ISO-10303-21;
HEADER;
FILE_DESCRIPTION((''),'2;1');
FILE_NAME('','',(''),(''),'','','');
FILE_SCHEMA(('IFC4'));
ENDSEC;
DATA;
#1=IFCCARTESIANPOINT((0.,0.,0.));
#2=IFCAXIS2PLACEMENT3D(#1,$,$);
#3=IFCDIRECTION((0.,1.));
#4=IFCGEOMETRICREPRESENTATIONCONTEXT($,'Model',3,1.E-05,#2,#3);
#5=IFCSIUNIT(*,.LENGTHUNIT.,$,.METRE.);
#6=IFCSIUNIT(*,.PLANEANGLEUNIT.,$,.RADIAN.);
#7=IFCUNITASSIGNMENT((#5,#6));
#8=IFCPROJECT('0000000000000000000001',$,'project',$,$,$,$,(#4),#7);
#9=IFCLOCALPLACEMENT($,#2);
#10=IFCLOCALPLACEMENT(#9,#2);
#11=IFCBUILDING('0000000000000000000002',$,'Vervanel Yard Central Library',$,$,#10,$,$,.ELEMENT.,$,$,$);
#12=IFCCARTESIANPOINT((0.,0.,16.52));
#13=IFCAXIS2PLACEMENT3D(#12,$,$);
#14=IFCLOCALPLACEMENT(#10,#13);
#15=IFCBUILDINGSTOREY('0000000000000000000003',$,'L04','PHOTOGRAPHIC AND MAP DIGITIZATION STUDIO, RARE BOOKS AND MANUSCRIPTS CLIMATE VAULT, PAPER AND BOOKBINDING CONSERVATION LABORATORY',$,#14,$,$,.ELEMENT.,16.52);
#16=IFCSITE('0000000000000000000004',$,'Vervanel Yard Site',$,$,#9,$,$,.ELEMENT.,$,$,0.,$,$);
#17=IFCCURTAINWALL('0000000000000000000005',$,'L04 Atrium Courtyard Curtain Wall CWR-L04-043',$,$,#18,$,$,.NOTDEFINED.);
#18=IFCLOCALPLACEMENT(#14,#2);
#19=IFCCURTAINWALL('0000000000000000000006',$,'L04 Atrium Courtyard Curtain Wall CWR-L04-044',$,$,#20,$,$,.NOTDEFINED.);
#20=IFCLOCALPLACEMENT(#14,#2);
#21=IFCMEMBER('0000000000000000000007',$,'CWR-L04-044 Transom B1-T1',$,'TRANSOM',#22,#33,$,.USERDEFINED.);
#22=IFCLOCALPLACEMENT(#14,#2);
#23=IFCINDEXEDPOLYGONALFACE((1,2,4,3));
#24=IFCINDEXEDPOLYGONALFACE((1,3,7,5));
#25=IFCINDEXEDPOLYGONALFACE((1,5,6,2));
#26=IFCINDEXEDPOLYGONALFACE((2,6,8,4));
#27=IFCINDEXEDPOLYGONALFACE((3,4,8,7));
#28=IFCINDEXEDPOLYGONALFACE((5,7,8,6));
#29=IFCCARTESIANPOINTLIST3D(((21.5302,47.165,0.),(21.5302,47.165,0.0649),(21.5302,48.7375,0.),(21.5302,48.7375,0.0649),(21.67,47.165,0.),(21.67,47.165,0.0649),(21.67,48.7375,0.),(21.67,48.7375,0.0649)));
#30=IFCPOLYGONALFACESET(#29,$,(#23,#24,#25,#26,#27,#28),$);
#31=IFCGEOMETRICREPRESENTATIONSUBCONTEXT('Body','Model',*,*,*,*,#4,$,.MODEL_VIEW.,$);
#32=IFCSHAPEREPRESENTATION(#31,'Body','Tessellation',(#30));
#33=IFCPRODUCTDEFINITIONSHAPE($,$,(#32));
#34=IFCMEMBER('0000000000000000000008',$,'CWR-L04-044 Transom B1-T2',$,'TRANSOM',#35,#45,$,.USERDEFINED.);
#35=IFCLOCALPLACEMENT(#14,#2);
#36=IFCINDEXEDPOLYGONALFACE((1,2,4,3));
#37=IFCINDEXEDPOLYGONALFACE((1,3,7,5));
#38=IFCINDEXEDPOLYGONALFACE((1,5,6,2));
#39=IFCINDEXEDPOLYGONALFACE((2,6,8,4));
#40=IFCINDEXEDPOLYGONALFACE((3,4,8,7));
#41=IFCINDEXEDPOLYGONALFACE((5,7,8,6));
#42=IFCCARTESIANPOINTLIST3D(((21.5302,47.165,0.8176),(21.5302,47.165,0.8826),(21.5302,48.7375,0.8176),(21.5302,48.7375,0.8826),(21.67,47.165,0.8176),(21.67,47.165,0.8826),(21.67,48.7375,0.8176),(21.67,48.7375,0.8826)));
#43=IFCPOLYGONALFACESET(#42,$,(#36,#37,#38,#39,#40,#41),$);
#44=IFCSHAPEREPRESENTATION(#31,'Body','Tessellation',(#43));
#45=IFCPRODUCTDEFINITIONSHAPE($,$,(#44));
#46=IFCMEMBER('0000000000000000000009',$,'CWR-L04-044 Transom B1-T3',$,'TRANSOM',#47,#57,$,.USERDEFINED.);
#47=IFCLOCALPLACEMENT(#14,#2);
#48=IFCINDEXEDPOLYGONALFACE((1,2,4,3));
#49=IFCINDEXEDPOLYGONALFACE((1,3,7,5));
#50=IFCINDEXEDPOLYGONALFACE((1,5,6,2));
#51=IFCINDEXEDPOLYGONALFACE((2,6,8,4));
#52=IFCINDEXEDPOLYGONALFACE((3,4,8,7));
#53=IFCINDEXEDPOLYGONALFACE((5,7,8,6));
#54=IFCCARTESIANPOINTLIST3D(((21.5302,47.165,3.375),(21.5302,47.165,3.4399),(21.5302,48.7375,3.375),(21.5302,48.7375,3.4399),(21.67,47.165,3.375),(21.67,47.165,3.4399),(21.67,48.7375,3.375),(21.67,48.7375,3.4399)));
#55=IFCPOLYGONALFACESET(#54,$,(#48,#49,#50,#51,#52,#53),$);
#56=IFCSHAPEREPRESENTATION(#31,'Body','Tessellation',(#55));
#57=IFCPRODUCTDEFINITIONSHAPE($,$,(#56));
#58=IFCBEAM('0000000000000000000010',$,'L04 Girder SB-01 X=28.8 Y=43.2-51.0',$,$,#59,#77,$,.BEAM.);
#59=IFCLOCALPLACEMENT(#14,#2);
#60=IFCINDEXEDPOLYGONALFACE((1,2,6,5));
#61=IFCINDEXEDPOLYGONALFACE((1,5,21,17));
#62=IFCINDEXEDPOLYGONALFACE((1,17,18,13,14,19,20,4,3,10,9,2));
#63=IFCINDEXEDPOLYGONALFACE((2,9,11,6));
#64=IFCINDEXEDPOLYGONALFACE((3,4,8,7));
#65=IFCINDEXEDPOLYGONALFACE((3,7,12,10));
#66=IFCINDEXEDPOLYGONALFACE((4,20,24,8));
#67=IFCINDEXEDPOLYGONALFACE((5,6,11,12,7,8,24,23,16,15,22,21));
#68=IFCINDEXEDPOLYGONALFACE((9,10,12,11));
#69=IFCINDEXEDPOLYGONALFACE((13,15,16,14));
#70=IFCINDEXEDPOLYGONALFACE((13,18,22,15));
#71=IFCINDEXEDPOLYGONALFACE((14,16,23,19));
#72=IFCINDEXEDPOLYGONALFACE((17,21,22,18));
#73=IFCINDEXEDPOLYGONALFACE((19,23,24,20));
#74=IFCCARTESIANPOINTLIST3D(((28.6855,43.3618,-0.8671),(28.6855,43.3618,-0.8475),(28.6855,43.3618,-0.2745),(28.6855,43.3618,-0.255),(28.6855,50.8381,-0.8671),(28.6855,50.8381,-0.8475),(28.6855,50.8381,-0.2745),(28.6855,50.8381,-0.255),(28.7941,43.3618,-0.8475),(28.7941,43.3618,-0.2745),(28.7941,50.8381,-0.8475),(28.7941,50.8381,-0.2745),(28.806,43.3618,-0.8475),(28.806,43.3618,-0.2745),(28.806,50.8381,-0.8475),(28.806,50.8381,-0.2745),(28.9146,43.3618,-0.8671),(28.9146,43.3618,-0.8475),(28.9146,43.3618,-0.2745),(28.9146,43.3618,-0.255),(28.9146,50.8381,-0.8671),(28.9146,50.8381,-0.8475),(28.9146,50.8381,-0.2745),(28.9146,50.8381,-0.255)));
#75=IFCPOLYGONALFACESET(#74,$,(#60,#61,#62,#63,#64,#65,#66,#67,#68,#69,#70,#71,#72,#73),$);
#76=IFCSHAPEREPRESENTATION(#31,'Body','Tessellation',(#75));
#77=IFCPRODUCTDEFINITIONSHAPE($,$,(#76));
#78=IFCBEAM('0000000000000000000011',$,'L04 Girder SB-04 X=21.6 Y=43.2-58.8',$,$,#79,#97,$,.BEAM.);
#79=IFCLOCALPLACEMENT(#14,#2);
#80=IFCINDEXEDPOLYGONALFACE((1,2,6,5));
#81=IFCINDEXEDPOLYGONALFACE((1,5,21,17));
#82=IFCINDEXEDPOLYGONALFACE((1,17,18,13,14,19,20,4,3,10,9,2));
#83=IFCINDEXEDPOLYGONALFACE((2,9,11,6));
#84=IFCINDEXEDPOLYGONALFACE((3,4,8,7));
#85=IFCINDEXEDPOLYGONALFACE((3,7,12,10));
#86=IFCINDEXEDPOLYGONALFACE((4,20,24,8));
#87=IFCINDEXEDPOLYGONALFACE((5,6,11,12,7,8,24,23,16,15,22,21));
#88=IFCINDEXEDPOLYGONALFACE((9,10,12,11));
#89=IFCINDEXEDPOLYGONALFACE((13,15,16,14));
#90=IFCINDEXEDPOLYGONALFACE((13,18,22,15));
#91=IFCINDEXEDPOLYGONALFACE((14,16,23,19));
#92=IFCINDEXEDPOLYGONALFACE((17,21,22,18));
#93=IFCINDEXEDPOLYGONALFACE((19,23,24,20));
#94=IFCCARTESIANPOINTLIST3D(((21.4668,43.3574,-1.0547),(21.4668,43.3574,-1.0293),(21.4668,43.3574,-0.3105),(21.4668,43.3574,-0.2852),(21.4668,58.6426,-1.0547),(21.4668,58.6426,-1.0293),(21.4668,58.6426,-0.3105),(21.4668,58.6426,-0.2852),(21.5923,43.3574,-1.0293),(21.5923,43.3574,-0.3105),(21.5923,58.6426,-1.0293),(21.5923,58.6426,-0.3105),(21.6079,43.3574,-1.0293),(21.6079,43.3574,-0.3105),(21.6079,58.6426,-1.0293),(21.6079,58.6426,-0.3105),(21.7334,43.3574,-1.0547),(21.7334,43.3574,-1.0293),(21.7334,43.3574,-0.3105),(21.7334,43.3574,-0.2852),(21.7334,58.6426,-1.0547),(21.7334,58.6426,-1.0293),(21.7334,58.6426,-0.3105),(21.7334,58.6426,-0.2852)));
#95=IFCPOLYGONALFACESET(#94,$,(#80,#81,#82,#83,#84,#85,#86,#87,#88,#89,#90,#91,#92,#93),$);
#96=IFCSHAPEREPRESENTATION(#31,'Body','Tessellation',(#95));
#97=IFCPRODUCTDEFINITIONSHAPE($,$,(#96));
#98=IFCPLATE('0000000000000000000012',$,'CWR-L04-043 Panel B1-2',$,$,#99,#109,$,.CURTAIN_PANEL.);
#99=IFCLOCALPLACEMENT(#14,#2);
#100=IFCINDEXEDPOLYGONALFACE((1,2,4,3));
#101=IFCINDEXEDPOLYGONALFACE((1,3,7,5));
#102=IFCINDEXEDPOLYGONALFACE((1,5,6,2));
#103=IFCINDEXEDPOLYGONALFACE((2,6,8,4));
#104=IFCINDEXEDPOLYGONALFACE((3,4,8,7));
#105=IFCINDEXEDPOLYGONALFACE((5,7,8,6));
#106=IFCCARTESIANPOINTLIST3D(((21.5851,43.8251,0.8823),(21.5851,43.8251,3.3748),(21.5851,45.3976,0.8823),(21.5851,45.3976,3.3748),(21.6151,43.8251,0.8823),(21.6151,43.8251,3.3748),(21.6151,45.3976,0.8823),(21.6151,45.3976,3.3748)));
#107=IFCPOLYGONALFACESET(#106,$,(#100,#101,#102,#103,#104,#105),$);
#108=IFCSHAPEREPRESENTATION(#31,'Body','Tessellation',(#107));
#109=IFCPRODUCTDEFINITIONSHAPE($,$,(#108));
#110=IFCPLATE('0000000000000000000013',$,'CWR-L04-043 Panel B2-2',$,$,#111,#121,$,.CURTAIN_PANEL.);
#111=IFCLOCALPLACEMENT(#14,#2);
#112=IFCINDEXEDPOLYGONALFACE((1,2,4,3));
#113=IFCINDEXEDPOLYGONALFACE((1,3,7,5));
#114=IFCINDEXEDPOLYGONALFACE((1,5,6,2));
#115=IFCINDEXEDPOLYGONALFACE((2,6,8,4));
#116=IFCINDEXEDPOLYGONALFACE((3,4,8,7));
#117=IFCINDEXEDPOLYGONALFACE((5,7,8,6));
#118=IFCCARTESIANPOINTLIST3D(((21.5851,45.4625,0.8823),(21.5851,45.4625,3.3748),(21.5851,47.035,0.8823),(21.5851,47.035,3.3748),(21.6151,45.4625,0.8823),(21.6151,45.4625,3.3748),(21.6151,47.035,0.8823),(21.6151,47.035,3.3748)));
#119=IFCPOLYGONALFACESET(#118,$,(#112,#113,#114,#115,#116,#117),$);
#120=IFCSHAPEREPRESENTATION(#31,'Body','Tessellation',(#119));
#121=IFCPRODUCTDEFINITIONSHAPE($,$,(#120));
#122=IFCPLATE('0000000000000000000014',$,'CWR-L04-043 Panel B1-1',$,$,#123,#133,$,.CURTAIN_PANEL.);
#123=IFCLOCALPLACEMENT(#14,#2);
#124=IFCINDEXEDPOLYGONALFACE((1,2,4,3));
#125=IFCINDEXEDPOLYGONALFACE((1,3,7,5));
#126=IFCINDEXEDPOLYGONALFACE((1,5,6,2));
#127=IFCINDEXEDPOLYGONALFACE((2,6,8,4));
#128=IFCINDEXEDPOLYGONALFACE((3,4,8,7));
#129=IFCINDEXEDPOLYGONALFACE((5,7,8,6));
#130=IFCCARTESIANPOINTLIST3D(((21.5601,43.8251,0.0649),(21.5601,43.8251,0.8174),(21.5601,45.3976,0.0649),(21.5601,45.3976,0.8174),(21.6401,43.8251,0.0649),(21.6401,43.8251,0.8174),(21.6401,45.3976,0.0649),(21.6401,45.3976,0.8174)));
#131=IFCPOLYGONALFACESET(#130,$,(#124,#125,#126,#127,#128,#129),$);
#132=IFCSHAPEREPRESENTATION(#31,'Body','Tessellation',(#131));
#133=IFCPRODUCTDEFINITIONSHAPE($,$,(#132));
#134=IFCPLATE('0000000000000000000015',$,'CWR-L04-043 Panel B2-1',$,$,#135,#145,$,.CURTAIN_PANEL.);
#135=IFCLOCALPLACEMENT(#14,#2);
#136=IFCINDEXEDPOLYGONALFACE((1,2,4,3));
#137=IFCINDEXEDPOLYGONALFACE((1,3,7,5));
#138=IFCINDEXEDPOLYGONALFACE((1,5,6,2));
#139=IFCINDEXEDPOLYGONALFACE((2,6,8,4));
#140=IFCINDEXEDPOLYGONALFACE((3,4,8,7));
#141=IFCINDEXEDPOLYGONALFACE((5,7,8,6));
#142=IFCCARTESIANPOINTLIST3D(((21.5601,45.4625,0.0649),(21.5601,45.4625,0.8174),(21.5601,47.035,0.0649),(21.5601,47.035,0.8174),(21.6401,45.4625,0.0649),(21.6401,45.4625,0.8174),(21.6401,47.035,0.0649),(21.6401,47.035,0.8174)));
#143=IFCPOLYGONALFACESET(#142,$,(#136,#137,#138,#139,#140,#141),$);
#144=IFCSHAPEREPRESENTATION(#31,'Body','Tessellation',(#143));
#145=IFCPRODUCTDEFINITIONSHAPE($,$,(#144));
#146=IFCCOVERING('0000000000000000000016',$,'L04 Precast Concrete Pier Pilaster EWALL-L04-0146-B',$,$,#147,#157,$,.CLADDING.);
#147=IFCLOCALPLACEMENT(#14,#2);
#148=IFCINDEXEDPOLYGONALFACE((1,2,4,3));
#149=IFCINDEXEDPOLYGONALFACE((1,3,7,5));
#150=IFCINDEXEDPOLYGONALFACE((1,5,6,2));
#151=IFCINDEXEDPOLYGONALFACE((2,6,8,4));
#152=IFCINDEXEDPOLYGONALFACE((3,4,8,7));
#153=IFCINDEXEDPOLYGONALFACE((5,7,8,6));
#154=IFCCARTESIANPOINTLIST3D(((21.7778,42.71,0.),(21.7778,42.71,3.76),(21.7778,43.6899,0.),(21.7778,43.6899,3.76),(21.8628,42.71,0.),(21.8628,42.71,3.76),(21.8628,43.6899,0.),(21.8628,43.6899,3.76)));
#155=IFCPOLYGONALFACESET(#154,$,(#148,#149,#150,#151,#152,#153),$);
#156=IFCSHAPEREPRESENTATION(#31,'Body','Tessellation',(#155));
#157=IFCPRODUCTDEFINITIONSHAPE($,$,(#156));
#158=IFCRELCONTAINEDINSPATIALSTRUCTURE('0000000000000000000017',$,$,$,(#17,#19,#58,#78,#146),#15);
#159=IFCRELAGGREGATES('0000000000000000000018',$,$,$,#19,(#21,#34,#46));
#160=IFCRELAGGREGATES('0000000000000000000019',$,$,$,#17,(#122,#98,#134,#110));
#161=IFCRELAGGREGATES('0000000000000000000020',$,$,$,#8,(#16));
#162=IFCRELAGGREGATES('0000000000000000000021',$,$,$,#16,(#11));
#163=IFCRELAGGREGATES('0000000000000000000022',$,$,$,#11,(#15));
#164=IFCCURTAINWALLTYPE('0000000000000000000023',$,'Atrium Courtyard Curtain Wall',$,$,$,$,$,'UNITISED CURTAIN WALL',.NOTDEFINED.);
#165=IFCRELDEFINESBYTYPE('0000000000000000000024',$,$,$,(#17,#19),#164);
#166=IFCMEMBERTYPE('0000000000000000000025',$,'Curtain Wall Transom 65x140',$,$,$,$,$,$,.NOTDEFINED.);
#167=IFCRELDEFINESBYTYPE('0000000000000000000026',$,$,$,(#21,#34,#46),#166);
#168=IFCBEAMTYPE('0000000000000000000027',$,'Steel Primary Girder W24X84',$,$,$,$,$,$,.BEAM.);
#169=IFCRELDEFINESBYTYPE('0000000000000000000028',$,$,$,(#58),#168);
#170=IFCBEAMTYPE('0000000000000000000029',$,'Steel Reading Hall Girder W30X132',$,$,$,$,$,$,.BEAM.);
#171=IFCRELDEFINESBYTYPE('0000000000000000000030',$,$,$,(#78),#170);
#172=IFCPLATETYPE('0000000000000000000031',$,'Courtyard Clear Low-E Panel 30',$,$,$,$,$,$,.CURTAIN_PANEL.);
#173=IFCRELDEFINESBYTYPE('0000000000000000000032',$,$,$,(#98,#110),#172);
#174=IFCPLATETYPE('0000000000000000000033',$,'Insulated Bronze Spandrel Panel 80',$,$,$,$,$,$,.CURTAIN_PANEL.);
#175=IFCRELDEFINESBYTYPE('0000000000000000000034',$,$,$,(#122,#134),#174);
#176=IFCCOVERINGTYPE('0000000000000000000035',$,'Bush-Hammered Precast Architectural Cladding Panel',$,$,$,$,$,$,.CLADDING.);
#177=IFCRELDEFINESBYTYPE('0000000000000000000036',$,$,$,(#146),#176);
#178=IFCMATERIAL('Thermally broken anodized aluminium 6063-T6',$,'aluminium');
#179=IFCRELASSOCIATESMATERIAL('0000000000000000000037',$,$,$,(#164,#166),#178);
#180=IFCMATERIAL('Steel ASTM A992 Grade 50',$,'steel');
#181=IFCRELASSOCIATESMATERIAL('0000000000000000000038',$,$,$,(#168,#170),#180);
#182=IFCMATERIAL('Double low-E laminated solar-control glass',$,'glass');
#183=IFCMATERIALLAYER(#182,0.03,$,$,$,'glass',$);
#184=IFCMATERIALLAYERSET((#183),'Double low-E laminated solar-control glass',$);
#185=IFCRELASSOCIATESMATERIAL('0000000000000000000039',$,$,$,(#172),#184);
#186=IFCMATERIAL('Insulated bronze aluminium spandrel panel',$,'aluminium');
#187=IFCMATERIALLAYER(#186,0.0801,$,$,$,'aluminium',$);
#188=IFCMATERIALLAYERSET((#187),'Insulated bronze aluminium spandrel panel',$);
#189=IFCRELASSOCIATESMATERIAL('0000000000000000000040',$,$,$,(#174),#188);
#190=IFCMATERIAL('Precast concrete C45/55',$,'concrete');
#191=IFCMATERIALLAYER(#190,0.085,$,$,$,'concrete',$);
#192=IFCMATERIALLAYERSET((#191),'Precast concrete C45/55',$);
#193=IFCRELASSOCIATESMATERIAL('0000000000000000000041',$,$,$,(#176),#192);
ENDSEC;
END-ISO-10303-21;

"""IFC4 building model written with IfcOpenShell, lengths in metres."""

from ifc_helpers import new_model, si_unit, direction, frame, origin, origin_2d, place, context, subcontext, project, spatial, rectangle, i_section, extrude, material, layer, layer_set, material_profile, profile_set, type_object, element, aggregate, save


model = new_model("IFC4")

# Units and contexts
model_context = context("Model", 3, precision=1e-05, world=origin(), true_north=direction((0.0, 1.0)))
body_context = subcontext(model_context, "Body", "Model", "MODEL_VIEW")
ifc_project = project(units=[si_unit("LENGTHUNIT", "METRE"), si_unit("PLANEANGLEUNIT", "RADIAN")], contexts=[model_context])

# Site, building, storey
site_placement = place(None, origin())
site = spatial("IfcSite", under=ifc_project, at=site_placement, Name="Vervanel Yard Site", CompositionType="ELEMENT", RefElevation=0.0)
building_placement = place(site_placement, origin())
building = spatial("IfcBuilding", under=site, at=building_placement, Name="Vervanel Yard Central Library", CompositionType="ELEMENT")
storey_placement = place(building_placement, frame((0.0, 0.0, 16.52)))
storey = spatial("IfcBuildingStorey", under=building, at=storey_placement, Name="L04", Description="PHOTOGRAPHIC AND MAP DIGITIZATION STUDIO, RARE BOOKS AND MANUSCRIPTS CLIMATE VAULT, PAPER AND BOOKBINDING CONSERVATION LABORATORY", CompositionType="ELEMENT", Elevation=16.52)

# Curtain wall
ifc_material_1 = material(Name="Thermally broken anodized aluminium 6063-T6", Category="aluminium")
curtain_wall_type = type_object("IfcCurtainWallType", Name="Atrium Courtyard Curtain Wall", ElementType="UNITISED CURTAIN WALL", PredefinedType="NOTDEFINED", material=ifc_material_1)
curtain_wall_1_placement = place(storey_placement, origin())
curtain_wall_1 = element("IfcCurtainWall", 1, at=curtain_wall_1_placement, inside=storey, type_object=curtain_wall_type, Name="L04 Atrium Courtyard Curtain Wall CWR-L04-043", PredefinedType="NOTDEFINED")

# Curtain wall
curtain_wall_2_placement = place(storey_placement, origin())
curtain_wall_2 = element("IfcCurtainWall", 2, at=curtain_wall_2_placement, inside=storey, type_object=curtain_wall_type, Name="L04 Atrium Courtyard Curtain Wall CWR-L04-044", PredefinedType="NOTDEFINED")

# Members
ifc_material_profile_1 = material_profile(ifc_material_1, rectangle(XDim=0.0649, YDim=0.1399, at=origin_2d()), Name="ALU 65x140", Category="aluminium")
ifc_profile_set_1 = profile_set([ifc_material_profile_1], Name="Thermally broken anodized aluminium 6063-T6")
member_type_1 = type_object("IfcMemberType", Name="Curtain Wall Transom 65x140", PredefinedType="NOTDEFINED", material=ifc_profile_set_1)
member_1_placement = place(storey_placement, frame((21.6001, 47.165, 0.0325), z_axis=(0.0, 1.0, 0.0), x_axis=(0.0, 0.0, 1.0)))
member_1 = element("IfcMember", 3, at=member_1_placement, type_object=member_type_1, Name="CWR-L04-044 Transom B1-T1", ObjectType="TRANSOM", PredefinedType="USERDEFINED", context=body_context, shape_type="SweptSolid", body=[
    extrude(rectangle(XDim=0.0649, YDim=0.1399, at=origin_2d()), origin(), (0.0, 0.0, 1.0), 1.5725),
])
member_2_placement = place(storey_placement, frame((21.6001, 47.165, 0.8501), z_axis=(0.0, 1.0, 0.0), x_axis=(0.0, 0.0, 1.0)))
member_2 = element("IfcMember", 4, at=member_2_placement, type_object=member_type_1, Name="CWR-L04-044 Transom B1-T2", ObjectType="TRANSOM", PredefinedType="USERDEFINED", context=body_context, shape_type="SweptSolid", body=[
    extrude(rectangle(XDim=0.0649, YDim=0.1399, at=origin_2d()), origin(), (0.0, 0.0, 1.0), 1.5725),
])
member_3_placement = place(storey_placement, frame((21.6001, 47.165, 3.4075), z_axis=(0.0, 1.0, 0.0), x_axis=(0.0, 0.0, 1.0)))
member_3 = element("IfcMember", 5, at=member_3_placement, type_object=member_type_1, Name="CWR-L04-044 Transom B1-T3", ObjectType="TRANSOM", PredefinedType="USERDEFINED", context=body_context, shape_type="SweptSolid", body=[
    extrude(rectangle(XDim=0.0649, YDim=0.1399, at=origin_2d()), origin(), (0.0, 0.0, 1.0), 1.5725),
])
aggregate(curtain_wall_2, [member_1, member_2, member_3])

# Beams
ifc_material_2 = material(Name="Steel ASTM A992 Grade 50", Category="steel")
ifc_material_profile_2 = material_profile(ifc_material_2, i_section(OverallWidth=0.229, OverallDepth=0.6121, WebThickness=0.012, FlangeThickness=0.0195, at=origin_2d()), Name="W24X84", Category="steel")
ifc_profile_set_2 = profile_set([ifc_material_profile_2], Name="Steel ASTM A992 Grade 50")
beam_type_1 = type_object("IfcBeamType", Name="Steel Primary Girder W24X84", PredefinedType="BEAM", material=ifc_profile_set_2)
beam_1_placement = place(storey_placement, frame((28.8, 43.3618, -0.561), z_axis=(0.0, 1.0, 0.0), x_axis=(-1.0, 0.0, 0.0)))
element("IfcBeam", 6, at=beam_1_placement, inside=storey, type_object=beam_type_1, Name="L04 Girder SB-01 X=28.8 Y=43.2-51.0", PredefinedType="BEAM", context=body_context, shape_type="SweptSolid", body=[
    extrude(i_section(OverallWidth=0.229, OverallDepth=0.6121, WebThickness=0.012, FlangeThickness=0.0195, at=origin_2d()), origin(), (0.0, 0.0, 1.0), 7.4763),
])
ifc_material_profile_3 = material_profile(ifc_material_2, i_section(OverallWidth=0.2666, OverallDepth=0.7695, WebThickness=0.0156, FlangeThickness=0.0254, at=origin_2d()), Name="W30X132", Category="steel")
ifc_profile_set_3 = profile_set([ifc_material_profile_3], Name="Steel ASTM A992 Grade 50")
beam_type_2 = type_object("IfcBeamType", Name="Steel Reading Hall Girder W30X132", PredefinedType="BEAM", material=ifc_profile_set_3)
beam_2_placement = place(storey_placement, frame((21.6001, 43.3574, -0.6699), z_axis=(0.0, 1.0, 0.0), x_axis=(-1.0, 0.0, 0.0)))
element("IfcBeam", 7, at=beam_2_placement, inside=storey, type_object=beam_type_2, Name="L04 Girder SB-04 X=21.6 Y=43.2-58.8", PredefinedType="BEAM", context=body_context, shape_type="SweptSolid", body=[
    extrude(i_section(OverallWidth=0.2666, OverallDepth=0.7695, WebThickness=0.0156, FlangeThickness=0.0254, at=origin_2d()), origin(), (0.0, 0.0, 1.0), 15.2852),
])

# Plates
ifc_material_3 = material(Name="Double low-E laminated solar-control glass", Category="glass")
ifc_layer_1 = layer(ifc_material_3, 0.03, Category="glass")
ifc_layer_set_1 = layer_set([ifc_layer_1], Name="Double low-E laminated solar-control glass")
plate_type_1 = type_object("IfcPlateType", Name="Courtyard Clear Low-E Panel 30", PredefinedType="CURTAIN_PANEL", material=ifc_layer_set_1)
plate_1_placement = place(storey_placement, frame((21.6001, 44.6113, 0.8823), z_axis=(0.0, 0.0, 1.0), x_axis=(0.0, 1.0, 0.0)))
plate_1 = element("IfcPlate", 8, at=plate_1_placement, type_object=plate_type_1, Name="CWR-L04-043 Panel B1-2", PredefinedType="CURTAIN_PANEL", context=body_context, shape_type="SweptSolid", body=[
    extrude(rectangle(XDim=1.5725, YDim=0.03, at=origin_2d()), origin(), (0.0, 0.0, 1.0), 2.4924),
])
plate_2_placement = place(storey_placement, frame((21.6001, 46.2488, 0.8823), z_axis=(0.0, 0.0, 1.0), x_axis=(0.0, 1.0, 0.0)))
plate_2 = element("IfcPlate", 9, at=plate_2_placement, type_object=plate_type_1, Name="CWR-L04-043 Panel B2-2", PredefinedType="CURTAIN_PANEL", context=body_context, shape_type="SweptSolid", body=[
    extrude(rectangle(XDim=1.5725, YDim=0.03, at=origin_2d()), origin(), (0.0, 0.0, 1.0), 2.4924),
])
ifc_material_4 = material(Name="Insulated bronze aluminium spandrel panel", Category="aluminium")
ifc_layer_2 = layer(ifc_material_4, 0.0801, Category="aluminium")
ifc_layer_set_2 = layer_set([ifc_layer_2], Name="Insulated bronze aluminium spandrel panel")
plate_type_2 = type_object("IfcPlateType", Name="Insulated Bronze Spandrel Panel 80", PredefinedType="CURTAIN_PANEL", material=ifc_layer_set_2)
plate_3_placement = place(storey_placement, frame((21.6001, 44.6113, 0.0649), z_axis=(0.0, 0.0, 1.0), x_axis=(0.0, 1.0, 0.0)))
plate_3 = element("IfcPlate", 10, at=plate_3_placement, type_object=plate_type_2, Name="CWR-L04-043 Panel B1-1", PredefinedType="CURTAIN_PANEL", context=body_context, shape_type="SweptSolid", body=[
    extrude(rectangle(XDim=1.5725, YDim=0.0801, at=origin_2d()), origin(), (0.0, 0.0, 1.0), 0.7524),
])
plate_4_placement = place(storey_placement, frame((21.6001, 46.2488, 0.0649), z_axis=(0.0, 0.0, 1.0), x_axis=(0.0, 1.0, 0.0)))
plate_4 = element("IfcPlate", 11, at=plate_4_placement, type_object=plate_type_2, Name="CWR-L04-043 Panel B2-1", PredefinedType="CURTAIN_PANEL", context=body_context, shape_type="SweptSolid", body=[
    extrude(rectangle(XDim=1.5725, YDim=0.0801, at=origin_2d()), origin(), (0.0, 0.0, 1.0), 0.7524),
])
aggregate(curtain_wall_1, [plate_3, plate_1, plate_4, plate_2])

# Covering
ifc_material_5 = material(Name="Precast concrete C45/55", Category="concrete")
ifc_layer_3 = layer(ifc_material_5, 0.085, Category="concrete")
ifc_layer_set_3 = layer_set([ifc_layer_3], Name="Precast concrete C45/55")
covering_type = type_object("IfcCoveringType", Name="Bush-Hammered Precast Architectural Cladding Panel", PredefinedType="CLADDING", material=ifc_layer_set_3)
covering_placement = place(storey_placement, frame((21.8203, 43.2, 0.0), z_axis=(0.0, 0.0, 1.0), x_axis=(0.0, 1.0, 0.0)))
element("IfcCovering", 12, at=covering_placement, inside=storey, type_object=covering_type, Name="L04 Precast Concrete Pier Pilaster EWALL-L04-0146-B", PredefinedType="CLADDING", context=body_context, shape_type="SweptSolid", body=[
    extrude(rectangle(XDim=0.98, YDim=0.085, at=origin_2d()), origin(), (0.0, 0.0, 1.0), 3.76),
])

save(model, "model.ifc")
